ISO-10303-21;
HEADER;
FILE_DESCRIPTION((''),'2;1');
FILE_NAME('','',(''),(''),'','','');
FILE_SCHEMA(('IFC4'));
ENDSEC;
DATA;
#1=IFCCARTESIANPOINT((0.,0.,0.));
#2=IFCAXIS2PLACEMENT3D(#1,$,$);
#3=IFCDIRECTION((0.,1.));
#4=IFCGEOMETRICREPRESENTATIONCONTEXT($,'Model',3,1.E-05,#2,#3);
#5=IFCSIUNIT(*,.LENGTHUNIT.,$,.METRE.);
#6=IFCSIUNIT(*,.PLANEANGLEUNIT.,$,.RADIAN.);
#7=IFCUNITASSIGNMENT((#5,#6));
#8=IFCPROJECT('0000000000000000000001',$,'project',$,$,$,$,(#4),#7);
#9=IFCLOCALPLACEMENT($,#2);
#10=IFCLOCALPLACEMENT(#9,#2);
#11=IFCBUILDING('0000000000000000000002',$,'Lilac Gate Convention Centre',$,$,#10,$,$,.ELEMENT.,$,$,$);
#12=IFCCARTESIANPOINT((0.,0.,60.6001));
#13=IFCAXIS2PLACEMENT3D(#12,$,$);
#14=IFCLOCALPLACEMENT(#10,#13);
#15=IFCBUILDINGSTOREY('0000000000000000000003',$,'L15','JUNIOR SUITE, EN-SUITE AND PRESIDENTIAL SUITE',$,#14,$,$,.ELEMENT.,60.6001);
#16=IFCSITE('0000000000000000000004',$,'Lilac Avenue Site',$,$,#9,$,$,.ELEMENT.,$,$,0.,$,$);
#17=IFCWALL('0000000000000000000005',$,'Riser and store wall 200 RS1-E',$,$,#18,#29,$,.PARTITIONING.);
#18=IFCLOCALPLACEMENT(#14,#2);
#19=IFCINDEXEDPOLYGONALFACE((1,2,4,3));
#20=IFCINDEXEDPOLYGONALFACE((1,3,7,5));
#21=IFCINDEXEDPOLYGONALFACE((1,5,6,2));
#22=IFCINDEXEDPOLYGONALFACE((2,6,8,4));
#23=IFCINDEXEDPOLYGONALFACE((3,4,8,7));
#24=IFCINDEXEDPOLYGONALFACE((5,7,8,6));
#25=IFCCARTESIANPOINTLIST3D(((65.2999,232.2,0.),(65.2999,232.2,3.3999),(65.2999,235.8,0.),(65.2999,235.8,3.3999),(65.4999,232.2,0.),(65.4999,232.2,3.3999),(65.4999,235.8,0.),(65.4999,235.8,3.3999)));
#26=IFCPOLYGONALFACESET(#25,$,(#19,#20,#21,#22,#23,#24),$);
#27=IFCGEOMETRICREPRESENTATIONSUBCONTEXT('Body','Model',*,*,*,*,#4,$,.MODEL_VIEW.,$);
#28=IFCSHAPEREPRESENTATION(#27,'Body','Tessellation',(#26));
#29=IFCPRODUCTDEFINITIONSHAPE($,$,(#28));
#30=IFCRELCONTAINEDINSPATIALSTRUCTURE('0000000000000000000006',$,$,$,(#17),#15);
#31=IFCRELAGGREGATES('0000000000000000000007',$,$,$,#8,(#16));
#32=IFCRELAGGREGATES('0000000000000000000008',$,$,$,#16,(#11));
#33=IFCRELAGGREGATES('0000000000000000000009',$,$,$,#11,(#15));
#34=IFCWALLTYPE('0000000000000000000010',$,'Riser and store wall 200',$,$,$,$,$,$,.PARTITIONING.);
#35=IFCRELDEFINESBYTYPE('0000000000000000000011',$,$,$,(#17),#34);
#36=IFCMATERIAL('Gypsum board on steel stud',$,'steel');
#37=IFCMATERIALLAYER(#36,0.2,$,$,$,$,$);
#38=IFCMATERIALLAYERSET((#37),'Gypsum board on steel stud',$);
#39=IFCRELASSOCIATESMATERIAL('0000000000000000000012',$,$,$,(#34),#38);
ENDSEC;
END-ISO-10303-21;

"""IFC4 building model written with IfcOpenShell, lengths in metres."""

from ifc_helpers import new_model, si_unit, direction, frame, frame_2d, origin, place, context, subcontext, project, spatial, rectangle, extrude, material, layer, layer_set, type_object, element, save


model = new_model("IFC4")

# Units and contexts
model_context = context("Model", 3, precision=1e-05, world=origin(), true_north=direction((0.0, 1.0)))
body_context = subcontext(model_context, "Body", "Model", "MODEL_VIEW")
ifc_project = project(units=[si_unit("LENGTHUNIT", "METRE"), si_unit("PLANEANGLEUNIT", "RADIAN")], contexts=[model_context])

# Site, building, storey
site_placement = place(None, origin())
site = spatial("IfcSite", under=ifc_project, at=site_placement, Name="Lilac Avenue Site", CompositionType="ELEMENT", RefElevation=0.0)
building_placement = place(site_placement, origin())
building = spatial("IfcBuilding", under=site, at=building_placement, Name="Lilac Gate Convention Centre", CompositionType="ELEMENT")
storey_placement = place(building_placement, frame((0.0, 0.0, 60.6001)))
storey = spatial("IfcBuildingStorey", under=building, at=storey_placement, Name="L15", Description="JUNIOR SUITE, EN-SUITE AND PRESIDENTIAL SUITE", CompositionType="ELEMENT", Elevation=60.6001)

# Shared definitions
ifc_material_1 = material(Name="Gypsum board on steel stud", Category="steel")
ifc_layer_1 = layer(ifc_material_1, 0.2)
ifc_layer_set_1 = layer_set([ifc_layer_1], Name="Gypsum board on steel stud")
wall_type_1 = type_object("IfcWallType", Name="Riser and store wall 200", PredefinedType="PARTITIONING", material=ifc_layer_set_1)

# Wall
wall_1_placement = place(storey_placement, frame((65.3999, 232.2, 0.0), z_axis=(0.0, 0.0, 1.0), x_axis=(0.0, 1.0, 0.0)))
element("IfcWall", 1, at=wall_1_placement, inside=storey, type_object=wall_type_1, Name="Riser and store wall 200 RS1-E", PredefinedType="PARTITIONING", context=body_context, shape_type="SweptSolid", body=[
    extrude(rectangle(XDim=3.6001, YDim=0.2, at=frame_2d((1.8, 0.0))), origin(), (0.0, 0.0, 1.0), 3.3999),
])

save(model, "model.ifc")
